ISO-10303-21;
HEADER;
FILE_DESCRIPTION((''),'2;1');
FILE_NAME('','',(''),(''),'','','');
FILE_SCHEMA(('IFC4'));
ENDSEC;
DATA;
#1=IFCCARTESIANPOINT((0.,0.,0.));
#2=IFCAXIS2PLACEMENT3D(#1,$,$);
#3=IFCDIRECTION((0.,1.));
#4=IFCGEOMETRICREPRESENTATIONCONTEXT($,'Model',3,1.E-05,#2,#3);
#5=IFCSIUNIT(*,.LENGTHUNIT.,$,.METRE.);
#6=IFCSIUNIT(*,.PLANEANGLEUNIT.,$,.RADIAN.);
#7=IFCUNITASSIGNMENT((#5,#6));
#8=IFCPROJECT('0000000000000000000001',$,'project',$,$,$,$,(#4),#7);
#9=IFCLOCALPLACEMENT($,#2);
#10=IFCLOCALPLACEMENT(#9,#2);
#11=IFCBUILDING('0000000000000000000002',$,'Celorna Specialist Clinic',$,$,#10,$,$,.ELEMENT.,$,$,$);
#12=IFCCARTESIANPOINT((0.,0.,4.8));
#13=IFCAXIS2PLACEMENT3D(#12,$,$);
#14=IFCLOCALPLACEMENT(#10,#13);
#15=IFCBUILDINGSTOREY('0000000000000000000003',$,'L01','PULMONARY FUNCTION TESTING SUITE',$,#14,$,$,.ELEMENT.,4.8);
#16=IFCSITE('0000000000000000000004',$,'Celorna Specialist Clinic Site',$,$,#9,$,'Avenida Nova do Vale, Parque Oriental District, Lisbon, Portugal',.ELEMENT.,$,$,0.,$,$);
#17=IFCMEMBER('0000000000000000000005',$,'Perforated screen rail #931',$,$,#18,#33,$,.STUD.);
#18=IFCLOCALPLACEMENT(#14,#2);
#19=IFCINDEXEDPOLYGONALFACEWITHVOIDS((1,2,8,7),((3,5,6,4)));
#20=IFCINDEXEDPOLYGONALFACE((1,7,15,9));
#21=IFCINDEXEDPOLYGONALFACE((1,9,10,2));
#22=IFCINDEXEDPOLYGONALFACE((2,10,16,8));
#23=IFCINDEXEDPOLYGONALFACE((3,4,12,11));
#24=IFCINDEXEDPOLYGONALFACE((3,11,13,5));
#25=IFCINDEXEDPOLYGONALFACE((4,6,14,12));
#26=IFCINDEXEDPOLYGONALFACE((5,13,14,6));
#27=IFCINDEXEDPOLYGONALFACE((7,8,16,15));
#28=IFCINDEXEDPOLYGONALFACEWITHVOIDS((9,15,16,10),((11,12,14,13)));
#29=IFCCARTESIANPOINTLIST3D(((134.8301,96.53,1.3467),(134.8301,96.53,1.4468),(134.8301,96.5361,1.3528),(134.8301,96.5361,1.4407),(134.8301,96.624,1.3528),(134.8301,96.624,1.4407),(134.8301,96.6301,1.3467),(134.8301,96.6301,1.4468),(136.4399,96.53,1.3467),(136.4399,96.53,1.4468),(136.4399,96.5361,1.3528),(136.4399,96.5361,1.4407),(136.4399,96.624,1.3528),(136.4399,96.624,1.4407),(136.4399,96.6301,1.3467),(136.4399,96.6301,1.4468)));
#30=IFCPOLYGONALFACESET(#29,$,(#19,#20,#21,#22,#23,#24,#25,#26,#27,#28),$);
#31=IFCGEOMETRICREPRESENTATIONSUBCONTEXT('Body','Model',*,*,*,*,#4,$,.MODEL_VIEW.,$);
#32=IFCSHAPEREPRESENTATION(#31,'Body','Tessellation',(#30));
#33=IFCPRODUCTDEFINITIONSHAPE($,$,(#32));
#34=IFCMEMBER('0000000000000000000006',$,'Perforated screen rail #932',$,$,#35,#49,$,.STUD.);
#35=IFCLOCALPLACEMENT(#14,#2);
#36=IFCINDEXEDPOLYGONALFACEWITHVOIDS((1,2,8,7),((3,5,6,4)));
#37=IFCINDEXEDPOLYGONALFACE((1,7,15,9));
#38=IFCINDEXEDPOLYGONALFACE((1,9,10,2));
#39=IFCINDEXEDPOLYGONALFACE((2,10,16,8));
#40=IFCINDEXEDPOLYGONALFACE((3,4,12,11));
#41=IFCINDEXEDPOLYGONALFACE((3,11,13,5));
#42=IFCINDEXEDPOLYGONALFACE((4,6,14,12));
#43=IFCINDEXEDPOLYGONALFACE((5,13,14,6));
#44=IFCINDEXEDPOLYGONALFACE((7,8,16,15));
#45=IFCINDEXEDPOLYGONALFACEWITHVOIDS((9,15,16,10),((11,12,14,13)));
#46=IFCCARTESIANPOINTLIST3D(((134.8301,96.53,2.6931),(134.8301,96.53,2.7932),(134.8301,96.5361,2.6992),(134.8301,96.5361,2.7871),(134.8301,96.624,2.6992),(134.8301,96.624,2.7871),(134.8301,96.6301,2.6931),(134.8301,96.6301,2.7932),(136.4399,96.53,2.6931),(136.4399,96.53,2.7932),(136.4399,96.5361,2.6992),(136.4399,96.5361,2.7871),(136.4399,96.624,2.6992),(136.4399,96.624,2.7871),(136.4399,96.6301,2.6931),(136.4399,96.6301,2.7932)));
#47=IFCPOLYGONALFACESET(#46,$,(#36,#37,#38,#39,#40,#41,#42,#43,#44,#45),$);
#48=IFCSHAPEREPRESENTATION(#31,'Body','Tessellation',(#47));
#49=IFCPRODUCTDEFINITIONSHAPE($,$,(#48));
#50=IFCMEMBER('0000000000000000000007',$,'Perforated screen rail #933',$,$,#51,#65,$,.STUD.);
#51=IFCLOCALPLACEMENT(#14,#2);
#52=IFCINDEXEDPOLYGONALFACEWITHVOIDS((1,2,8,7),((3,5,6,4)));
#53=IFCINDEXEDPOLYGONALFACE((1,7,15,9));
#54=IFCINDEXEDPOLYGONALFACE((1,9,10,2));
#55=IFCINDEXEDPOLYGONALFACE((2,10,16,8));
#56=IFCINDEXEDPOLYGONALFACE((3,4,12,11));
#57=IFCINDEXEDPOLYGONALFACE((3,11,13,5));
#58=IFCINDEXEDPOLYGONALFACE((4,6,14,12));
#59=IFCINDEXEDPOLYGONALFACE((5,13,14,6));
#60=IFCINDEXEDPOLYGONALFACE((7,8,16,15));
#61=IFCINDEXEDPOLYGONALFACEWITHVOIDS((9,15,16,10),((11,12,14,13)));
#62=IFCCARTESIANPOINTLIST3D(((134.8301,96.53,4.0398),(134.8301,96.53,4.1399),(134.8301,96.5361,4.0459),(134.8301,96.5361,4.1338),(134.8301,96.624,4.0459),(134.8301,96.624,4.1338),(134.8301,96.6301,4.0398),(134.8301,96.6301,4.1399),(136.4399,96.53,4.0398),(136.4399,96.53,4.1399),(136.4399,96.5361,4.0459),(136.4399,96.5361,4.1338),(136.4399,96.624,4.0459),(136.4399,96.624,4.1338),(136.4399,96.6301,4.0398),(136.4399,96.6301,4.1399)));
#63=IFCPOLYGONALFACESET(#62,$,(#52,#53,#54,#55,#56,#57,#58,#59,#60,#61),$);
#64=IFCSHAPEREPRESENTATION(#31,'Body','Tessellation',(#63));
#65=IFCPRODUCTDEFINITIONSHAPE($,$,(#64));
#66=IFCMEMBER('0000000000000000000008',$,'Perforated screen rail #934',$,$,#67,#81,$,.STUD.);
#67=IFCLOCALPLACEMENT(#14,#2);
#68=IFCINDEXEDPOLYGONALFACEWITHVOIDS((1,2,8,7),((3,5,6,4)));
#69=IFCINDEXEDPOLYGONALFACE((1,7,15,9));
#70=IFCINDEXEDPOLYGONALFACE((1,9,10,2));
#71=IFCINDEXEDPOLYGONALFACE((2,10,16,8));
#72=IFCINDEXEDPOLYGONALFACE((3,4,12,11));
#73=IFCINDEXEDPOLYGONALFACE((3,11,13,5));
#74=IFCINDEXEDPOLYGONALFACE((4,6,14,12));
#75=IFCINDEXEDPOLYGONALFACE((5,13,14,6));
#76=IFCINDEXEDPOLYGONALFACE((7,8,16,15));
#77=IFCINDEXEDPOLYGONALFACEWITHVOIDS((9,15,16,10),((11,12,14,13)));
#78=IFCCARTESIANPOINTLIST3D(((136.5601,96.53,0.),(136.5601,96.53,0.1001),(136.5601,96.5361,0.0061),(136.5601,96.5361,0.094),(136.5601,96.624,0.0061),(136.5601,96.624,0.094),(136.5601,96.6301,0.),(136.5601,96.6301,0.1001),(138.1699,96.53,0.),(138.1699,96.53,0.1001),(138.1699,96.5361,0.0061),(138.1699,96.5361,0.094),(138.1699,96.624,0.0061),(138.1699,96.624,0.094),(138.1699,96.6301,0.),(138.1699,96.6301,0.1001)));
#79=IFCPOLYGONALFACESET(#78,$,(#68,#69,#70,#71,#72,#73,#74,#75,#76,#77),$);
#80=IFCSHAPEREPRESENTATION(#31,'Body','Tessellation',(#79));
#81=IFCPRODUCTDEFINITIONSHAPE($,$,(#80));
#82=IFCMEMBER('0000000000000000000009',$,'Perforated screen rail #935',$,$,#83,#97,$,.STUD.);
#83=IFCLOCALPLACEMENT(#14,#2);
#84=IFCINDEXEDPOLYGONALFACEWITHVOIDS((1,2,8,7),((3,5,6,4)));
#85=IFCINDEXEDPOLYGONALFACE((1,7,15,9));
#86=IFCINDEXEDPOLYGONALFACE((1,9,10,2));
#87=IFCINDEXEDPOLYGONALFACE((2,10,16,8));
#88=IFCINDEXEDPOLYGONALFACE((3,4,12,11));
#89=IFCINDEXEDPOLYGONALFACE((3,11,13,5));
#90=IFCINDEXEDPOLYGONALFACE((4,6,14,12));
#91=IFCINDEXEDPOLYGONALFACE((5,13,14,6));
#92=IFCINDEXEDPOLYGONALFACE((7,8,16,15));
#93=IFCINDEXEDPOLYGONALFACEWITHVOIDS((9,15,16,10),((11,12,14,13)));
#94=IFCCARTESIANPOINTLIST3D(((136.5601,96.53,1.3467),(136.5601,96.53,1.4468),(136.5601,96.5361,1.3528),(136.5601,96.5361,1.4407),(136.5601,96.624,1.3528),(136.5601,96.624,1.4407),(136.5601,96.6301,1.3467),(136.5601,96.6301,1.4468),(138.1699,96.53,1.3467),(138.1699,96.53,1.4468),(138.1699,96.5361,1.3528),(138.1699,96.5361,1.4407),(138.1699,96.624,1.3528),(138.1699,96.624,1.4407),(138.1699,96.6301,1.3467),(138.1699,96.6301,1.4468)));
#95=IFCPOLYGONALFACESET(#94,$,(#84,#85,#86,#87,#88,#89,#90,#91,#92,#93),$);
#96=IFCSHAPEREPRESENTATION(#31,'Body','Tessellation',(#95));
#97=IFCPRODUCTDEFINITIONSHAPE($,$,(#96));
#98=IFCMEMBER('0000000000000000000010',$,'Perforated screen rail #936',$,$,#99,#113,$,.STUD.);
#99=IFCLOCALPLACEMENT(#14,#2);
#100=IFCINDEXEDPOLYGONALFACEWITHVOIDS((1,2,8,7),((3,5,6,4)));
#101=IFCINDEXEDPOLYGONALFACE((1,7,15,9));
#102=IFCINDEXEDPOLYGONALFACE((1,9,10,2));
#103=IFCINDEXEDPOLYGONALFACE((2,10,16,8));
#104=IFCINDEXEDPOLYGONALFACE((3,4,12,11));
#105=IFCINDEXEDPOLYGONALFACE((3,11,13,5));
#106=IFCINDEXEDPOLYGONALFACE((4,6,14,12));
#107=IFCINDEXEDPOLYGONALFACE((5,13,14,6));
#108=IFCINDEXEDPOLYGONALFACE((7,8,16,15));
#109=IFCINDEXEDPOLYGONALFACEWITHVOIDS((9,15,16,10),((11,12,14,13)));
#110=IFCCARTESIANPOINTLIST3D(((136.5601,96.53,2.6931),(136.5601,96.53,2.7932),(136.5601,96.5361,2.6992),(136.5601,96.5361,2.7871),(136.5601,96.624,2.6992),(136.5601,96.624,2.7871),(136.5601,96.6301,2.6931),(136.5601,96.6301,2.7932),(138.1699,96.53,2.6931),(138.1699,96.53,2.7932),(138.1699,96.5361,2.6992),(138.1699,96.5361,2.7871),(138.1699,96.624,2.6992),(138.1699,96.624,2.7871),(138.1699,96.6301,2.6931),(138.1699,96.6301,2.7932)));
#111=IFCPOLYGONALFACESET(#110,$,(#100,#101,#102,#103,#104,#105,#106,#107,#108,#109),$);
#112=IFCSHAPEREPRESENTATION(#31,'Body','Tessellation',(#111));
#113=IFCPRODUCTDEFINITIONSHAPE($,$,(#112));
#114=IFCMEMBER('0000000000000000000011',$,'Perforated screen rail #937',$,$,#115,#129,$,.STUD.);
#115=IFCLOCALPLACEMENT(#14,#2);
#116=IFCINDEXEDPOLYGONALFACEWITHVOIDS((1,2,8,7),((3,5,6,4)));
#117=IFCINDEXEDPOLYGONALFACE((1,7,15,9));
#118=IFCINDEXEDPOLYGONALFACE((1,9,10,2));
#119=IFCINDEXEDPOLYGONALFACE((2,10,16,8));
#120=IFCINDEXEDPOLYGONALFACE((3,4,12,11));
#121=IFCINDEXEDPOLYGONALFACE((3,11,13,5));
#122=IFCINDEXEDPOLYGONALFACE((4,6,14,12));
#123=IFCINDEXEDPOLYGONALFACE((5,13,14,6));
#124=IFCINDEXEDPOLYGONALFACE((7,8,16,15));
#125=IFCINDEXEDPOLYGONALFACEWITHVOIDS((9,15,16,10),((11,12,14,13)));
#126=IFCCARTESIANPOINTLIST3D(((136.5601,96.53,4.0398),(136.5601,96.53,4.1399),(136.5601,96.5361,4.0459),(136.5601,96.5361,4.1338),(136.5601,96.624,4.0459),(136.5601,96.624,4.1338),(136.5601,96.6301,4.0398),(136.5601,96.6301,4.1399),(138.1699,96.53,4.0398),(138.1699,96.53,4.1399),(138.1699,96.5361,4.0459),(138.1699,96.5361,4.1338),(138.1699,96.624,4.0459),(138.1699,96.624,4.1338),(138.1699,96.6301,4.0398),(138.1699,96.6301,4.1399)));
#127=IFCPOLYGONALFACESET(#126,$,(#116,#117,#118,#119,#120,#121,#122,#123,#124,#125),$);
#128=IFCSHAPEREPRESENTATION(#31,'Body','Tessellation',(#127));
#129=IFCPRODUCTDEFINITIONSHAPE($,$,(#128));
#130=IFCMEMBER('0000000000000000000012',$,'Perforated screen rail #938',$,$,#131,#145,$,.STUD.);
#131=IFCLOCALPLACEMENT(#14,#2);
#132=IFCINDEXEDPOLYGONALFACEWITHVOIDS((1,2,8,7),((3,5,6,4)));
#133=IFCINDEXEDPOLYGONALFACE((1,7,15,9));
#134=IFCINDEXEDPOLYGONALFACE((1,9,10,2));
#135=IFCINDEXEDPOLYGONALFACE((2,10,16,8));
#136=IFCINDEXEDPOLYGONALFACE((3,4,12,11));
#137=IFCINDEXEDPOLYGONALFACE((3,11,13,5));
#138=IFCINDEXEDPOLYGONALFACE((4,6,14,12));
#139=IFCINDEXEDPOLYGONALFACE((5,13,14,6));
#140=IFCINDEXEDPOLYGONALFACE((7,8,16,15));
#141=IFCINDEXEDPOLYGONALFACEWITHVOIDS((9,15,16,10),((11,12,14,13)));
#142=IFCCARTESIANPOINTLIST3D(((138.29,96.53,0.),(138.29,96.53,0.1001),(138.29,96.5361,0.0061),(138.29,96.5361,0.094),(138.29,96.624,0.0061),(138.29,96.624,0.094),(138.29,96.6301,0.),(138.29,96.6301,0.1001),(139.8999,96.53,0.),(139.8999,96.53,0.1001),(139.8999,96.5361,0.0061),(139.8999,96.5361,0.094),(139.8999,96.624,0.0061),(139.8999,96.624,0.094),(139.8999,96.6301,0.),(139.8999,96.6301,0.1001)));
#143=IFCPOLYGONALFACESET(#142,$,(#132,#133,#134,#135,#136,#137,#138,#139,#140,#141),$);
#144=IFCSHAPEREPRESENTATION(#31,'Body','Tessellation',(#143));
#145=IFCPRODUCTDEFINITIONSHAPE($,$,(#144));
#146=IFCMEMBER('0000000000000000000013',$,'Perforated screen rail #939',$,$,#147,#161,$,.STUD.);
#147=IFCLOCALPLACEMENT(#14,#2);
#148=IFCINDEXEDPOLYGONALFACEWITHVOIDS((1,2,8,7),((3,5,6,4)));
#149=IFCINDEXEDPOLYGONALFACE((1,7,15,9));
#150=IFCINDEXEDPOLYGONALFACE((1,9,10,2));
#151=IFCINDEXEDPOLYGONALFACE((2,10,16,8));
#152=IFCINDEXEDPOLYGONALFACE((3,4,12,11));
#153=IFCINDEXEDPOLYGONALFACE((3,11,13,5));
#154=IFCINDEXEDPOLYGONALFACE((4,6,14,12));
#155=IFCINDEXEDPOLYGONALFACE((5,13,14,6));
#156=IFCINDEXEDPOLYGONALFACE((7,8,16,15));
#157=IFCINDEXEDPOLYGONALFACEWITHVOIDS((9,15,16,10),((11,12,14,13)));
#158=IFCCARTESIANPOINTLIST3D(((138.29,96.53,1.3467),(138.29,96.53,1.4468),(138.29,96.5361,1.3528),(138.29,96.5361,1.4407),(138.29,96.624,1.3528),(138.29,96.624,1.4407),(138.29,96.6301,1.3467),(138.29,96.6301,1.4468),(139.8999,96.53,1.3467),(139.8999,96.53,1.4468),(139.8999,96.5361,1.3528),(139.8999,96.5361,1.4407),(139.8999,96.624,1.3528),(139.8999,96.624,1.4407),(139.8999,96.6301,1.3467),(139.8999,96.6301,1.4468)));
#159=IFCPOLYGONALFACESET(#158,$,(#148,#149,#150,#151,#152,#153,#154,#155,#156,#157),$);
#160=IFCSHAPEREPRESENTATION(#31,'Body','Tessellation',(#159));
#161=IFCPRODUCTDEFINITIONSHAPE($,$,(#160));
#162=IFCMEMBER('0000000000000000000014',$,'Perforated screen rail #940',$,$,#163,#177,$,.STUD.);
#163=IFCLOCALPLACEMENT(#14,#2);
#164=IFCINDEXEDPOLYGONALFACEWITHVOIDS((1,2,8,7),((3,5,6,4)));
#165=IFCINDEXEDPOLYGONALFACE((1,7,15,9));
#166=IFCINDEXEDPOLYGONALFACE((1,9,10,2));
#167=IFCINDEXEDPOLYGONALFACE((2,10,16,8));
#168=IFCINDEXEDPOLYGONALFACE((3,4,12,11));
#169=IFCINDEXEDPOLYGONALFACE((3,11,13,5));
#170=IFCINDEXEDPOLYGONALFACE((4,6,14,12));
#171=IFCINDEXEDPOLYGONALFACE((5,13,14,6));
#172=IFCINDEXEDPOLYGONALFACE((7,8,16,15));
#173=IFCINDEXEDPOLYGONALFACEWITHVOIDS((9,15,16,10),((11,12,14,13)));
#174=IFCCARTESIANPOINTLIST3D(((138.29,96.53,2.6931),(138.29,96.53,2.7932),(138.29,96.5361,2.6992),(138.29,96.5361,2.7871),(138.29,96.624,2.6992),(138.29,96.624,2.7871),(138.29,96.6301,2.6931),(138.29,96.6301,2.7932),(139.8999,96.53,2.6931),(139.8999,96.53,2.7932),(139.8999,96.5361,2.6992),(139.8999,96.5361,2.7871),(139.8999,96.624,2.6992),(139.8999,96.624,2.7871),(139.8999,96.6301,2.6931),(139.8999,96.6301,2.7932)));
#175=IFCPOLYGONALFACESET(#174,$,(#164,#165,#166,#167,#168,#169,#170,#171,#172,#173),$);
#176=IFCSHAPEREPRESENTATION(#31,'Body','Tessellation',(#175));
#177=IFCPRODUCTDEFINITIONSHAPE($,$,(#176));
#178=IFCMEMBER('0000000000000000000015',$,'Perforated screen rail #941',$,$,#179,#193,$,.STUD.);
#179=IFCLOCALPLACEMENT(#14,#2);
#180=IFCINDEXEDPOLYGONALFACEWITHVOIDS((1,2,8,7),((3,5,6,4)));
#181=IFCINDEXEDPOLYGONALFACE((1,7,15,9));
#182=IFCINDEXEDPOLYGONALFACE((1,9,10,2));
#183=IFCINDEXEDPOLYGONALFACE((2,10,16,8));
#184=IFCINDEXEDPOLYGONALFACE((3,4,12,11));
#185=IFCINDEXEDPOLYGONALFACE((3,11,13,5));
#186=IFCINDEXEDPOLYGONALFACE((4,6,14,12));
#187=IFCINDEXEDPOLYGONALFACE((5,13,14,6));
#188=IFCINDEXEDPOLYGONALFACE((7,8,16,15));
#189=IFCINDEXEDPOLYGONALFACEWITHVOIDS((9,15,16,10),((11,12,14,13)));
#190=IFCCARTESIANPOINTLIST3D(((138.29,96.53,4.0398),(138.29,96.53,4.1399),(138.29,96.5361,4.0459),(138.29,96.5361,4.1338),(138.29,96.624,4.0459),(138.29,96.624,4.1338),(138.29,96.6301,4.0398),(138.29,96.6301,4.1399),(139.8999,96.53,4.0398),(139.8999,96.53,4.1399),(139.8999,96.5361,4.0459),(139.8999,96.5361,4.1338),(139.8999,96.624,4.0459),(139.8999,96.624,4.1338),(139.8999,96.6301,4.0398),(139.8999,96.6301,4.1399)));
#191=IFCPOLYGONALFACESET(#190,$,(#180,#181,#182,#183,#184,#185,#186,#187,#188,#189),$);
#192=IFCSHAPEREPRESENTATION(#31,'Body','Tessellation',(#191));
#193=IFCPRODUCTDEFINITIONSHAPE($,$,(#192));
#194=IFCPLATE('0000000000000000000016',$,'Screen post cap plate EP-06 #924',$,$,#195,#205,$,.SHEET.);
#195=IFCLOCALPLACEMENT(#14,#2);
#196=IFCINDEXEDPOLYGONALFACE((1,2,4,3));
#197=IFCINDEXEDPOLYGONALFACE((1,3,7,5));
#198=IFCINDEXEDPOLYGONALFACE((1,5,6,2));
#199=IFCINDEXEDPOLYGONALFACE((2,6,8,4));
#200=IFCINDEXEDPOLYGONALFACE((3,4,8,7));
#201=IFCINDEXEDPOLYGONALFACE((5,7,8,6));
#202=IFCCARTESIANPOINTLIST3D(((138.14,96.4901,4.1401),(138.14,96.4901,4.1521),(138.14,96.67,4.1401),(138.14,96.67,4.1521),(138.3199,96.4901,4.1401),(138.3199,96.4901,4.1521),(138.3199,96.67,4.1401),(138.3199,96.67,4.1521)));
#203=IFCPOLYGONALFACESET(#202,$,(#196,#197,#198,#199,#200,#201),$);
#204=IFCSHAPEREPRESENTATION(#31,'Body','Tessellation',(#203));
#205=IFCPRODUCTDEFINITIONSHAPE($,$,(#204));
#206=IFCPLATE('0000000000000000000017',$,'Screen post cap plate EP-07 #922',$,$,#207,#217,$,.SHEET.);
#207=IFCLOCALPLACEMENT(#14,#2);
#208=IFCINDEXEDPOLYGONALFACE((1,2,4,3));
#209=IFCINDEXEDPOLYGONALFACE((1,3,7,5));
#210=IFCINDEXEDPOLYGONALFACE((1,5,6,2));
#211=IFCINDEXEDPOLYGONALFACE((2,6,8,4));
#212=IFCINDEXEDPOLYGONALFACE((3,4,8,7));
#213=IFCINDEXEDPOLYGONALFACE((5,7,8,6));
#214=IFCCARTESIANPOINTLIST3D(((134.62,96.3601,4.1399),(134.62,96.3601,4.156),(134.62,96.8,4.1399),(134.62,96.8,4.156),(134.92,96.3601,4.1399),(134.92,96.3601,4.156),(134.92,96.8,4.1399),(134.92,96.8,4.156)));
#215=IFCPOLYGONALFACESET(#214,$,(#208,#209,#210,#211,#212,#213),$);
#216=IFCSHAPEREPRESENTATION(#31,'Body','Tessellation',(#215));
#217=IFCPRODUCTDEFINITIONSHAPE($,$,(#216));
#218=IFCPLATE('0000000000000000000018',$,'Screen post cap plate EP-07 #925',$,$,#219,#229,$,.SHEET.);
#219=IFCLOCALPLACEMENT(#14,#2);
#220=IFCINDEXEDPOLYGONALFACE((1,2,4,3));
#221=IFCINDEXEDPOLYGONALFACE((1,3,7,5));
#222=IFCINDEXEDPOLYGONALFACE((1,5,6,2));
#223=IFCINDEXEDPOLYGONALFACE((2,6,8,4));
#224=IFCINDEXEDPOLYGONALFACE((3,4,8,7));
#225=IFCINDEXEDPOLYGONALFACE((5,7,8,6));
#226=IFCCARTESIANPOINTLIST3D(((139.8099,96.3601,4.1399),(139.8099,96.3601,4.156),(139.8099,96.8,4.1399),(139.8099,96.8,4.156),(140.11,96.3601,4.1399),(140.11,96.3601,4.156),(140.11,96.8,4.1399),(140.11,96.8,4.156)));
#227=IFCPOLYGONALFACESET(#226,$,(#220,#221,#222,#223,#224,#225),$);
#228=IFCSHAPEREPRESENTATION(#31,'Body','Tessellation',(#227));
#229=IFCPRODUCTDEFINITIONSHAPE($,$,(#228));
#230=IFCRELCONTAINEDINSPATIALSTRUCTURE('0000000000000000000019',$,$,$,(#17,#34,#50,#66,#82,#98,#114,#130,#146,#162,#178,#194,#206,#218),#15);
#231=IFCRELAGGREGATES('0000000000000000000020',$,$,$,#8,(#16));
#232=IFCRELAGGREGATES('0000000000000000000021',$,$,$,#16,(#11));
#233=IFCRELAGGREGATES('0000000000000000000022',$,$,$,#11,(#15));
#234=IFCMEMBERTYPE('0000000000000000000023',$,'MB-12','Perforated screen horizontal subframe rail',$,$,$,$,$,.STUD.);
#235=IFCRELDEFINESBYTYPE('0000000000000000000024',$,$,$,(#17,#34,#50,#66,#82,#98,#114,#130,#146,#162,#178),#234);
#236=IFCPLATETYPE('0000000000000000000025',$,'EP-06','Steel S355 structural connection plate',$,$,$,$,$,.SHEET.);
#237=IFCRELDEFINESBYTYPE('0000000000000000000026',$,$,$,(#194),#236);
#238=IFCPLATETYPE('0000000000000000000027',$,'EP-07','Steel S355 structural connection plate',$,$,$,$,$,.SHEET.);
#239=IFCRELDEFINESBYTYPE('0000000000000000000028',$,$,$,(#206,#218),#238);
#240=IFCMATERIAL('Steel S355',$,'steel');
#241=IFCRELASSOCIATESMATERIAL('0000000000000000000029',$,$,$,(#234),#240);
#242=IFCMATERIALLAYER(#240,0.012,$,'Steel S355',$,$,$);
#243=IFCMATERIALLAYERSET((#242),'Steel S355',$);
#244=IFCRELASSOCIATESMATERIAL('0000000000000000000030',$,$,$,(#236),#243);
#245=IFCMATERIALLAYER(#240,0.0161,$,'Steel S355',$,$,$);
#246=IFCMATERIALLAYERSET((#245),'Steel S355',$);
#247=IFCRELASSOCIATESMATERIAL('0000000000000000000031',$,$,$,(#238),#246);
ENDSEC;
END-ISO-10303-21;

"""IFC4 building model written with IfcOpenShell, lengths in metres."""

from ifc_helpers import new_model, si_unit, direction, frame, origin, origin_2d, place, context, subcontext, project, spatial, rectangle, hollow_rectangle, extrude, material, layer, layer_set, material_profile, profile_set, type_object, element, save


model = new_model("IFC4")

# Units and contexts
model_context = context("Model", 3, precision=1e-05, world=origin(), true_north=direction((0.0, 1.0)))
body_context = subcontext(model_context, "Body", "Model", "MODEL_VIEW")
ifc_project = project(units=[si_unit("LENGTHUNIT", "METRE"), si_unit("PLANEANGLEUNIT", "RADIAN")], contexts=[model_context])

# Site, building, storey
site_placement = place(None, origin())
site = spatial("IfcSite", under=ifc_project, at=site_placement, Name="Celorna Specialist Clinic Site", LongName="Avenida Nova do Vale, Parque Oriental District, Lisbon, Portugal", CompositionType="ELEMENT", RefElevation=0.0)
building_placement = place(site_placement, origin())
building = spatial("IfcBuilding", under=site, at=building_placement, Name="Celorna Specialist Clinic", CompositionType="ELEMENT")
storey_placement = place(building_placement, frame((0.0, 0.0, 4.8)))
storey = spatial("IfcBuildingStorey", under=building, at=storey_placement, Name="L01", Description="PULMONARY FUNCTION TESTING SUITE", CompositionType="ELEMENT", Elevation=4.8)

# Shared definitions
ifc_material_1 = material(Name="Steel S355", Category="steel")

# Members
ifc_material_profile_1 = material_profile(ifc_material_1, hollow_rectangle(XDim=0.1001, YDim=0.1001, WallThickness=0.0061, at=origin_2d()), Name="SHS 100x100x6")
ifc_profile_set_1 = profile_set([ifc_material_profile_1], Name="Steel S355")
member_type_1 = type_object("IfcMemberType", Name="MB-12", Description="Perforated screen horizontal subframe rail", PredefinedType="STUD", material=ifc_profile_set_1)
for number, where, z_axis, x_axis, name in (
    (1, (134.8301, 96.5801, 1.3967), (1.0, 0.0, 0.0), (0.0, 1.0, 0.0), "Perforated screen rail #931"),
    (2, (134.8301, 96.5801, 2.7432), (1.0, 0.0, 0.0), (0.0, 1.0, 0.0), "Perforated screen rail #932"),
    (3, (134.8301, 96.5801, 4.0898), (1.0, 0.0, 0.0), (0.0, 1.0, 0.0), "Perforated screen rail #933"),
    (4, (136.5601, 96.5801, 0.05), (1.0, 0.0, 0.0), (0.0, 1.0, 0.0), "Perforated screen rail #934"),
    (5, (136.5601, 96.5801, 1.3967), (1.0, 0.0, 0.0), (0.0, 1.0, 0.0), "Perforated screen rail #935"),
    (6, (136.5601, 96.5801, 2.7432), (1.0, 0.0, 0.0), (0.0, 1.0, 0.0), "Perforated screen rail #936"),
    (7, (136.5601, 96.5801, 4.0898), (1.0, 0.0, 0.0), (0.0, 1.0, 0.0), "Perforated screen rail #937"),
    (8, (138.29, 96.5801, 0.05), (1.0, 0.0, 0.0), (0.0, 1.0, 0.0), "Perforated screen rail #938"),
    (9, (138.29, 96.5801, 1.3967), (1.0, 0.0, 0.0), (0.0, 1.0, 0.0), "Perforated screen rail #939"),
    (10, (138.29, 96.5801, 2.7432), (1.0, 0.0, 0.0), (0.0, 1.0, 0.0), "Perforated screen rail #940"),
    (11, (138.29, 96.5801, 4.0898), (1.0, 0.0, 0.0), (0.0, 1.0, 0.0), "Perforated screen rail #941"),
):
    element("IfcMember", number, at=place(storey_placement, frame(where, z_axis=z_axis, x_axis=x_axis)), inside=storey, type_object=member_type_1, Name=name, PredefinedType="STUD", context=body_context, shape_type="SweptSolid", body=[
        extrude(hollow_rectangle(XDim=0.1001, YDim=0.1001, WallThickness=0.0061, at=origin_2d()), origin(), (0.0, 0.0, 1.0), 1.6099),
    ])

# Plates
ifc_layer_1 = layer(ifc_material_1, 0.012, Name="Steel S355")
ifc_layer_set_1 = layer_set([ifc_layer_1], Name="Steel S355")
plate_type_1 = type_object("IfcPlateType", Name="EP-06", Description="Steel S355 structural connection plate", PredefinedType="SHEET", material=ifc_layer_set_1)
plate_1_placement = place(storey_placement, frame((138.23, 96.5801, 4.1401), z_axis=(0.0, 0.0, 1.0), x_axis=(1.0, 0.0, 0.0)))
element("IfcPlate", 12, at=plate_1_placement, inside=storey, type_object=plate_type_1, Name="Screen post cap plate EP-06 #924", PredefinedType="SHEET", context=body_context, shape_type="SweptSolid", body=[
    extrude(rectangle(XDim=0.1799, YDim=0.1799, at=origin_2d()), origin(), (0.0, 0.0, 1.0), 0.012),
])
ifc_layer_2 = layer(ifc_material_1, 0.0161, Name="Steel S355")
ifc_layer_set_2 = layer_set([ifc_layer_2], Name="Steel S355")
plate_type_2 = type_object("IfcPlateType", Name="EP-07", Description="Steel S355 structural connection plate", PredefinedType="SHEET", material=ifc_layer_set_2)
for number, where, z_axis, x_axis, name in (
    (13, (134.77, 96.5801, 4.1399), (0.0, 0.0, 1.0), (1.0, 0.0, 0.0), "Screen post cap plate EP-07 #922"),
    (14, (139.96, 96.5801, 4.1399), (0.0, 0.0, 1.0), (1.0, 0.0, 0.0), "Screen post cap plate EP-07 #925"),
):
    element("IfcPlate", number, at=place(storey_placement, frame(where, z_axis=z_axis, x_axis=x_axis)), inside=storey, type_object=plate_type_2, Name=name, PredefinedType="SHEET", context=body_context, shape_type="SweptSolid", body=[
        extrude(rectangle(XDim=0.3, YDim=0.4399, at=origin_2d()), origin(), (0.0, 0.0, 1.0), 0.0161),
    ])

save(model, "model.ifc")
